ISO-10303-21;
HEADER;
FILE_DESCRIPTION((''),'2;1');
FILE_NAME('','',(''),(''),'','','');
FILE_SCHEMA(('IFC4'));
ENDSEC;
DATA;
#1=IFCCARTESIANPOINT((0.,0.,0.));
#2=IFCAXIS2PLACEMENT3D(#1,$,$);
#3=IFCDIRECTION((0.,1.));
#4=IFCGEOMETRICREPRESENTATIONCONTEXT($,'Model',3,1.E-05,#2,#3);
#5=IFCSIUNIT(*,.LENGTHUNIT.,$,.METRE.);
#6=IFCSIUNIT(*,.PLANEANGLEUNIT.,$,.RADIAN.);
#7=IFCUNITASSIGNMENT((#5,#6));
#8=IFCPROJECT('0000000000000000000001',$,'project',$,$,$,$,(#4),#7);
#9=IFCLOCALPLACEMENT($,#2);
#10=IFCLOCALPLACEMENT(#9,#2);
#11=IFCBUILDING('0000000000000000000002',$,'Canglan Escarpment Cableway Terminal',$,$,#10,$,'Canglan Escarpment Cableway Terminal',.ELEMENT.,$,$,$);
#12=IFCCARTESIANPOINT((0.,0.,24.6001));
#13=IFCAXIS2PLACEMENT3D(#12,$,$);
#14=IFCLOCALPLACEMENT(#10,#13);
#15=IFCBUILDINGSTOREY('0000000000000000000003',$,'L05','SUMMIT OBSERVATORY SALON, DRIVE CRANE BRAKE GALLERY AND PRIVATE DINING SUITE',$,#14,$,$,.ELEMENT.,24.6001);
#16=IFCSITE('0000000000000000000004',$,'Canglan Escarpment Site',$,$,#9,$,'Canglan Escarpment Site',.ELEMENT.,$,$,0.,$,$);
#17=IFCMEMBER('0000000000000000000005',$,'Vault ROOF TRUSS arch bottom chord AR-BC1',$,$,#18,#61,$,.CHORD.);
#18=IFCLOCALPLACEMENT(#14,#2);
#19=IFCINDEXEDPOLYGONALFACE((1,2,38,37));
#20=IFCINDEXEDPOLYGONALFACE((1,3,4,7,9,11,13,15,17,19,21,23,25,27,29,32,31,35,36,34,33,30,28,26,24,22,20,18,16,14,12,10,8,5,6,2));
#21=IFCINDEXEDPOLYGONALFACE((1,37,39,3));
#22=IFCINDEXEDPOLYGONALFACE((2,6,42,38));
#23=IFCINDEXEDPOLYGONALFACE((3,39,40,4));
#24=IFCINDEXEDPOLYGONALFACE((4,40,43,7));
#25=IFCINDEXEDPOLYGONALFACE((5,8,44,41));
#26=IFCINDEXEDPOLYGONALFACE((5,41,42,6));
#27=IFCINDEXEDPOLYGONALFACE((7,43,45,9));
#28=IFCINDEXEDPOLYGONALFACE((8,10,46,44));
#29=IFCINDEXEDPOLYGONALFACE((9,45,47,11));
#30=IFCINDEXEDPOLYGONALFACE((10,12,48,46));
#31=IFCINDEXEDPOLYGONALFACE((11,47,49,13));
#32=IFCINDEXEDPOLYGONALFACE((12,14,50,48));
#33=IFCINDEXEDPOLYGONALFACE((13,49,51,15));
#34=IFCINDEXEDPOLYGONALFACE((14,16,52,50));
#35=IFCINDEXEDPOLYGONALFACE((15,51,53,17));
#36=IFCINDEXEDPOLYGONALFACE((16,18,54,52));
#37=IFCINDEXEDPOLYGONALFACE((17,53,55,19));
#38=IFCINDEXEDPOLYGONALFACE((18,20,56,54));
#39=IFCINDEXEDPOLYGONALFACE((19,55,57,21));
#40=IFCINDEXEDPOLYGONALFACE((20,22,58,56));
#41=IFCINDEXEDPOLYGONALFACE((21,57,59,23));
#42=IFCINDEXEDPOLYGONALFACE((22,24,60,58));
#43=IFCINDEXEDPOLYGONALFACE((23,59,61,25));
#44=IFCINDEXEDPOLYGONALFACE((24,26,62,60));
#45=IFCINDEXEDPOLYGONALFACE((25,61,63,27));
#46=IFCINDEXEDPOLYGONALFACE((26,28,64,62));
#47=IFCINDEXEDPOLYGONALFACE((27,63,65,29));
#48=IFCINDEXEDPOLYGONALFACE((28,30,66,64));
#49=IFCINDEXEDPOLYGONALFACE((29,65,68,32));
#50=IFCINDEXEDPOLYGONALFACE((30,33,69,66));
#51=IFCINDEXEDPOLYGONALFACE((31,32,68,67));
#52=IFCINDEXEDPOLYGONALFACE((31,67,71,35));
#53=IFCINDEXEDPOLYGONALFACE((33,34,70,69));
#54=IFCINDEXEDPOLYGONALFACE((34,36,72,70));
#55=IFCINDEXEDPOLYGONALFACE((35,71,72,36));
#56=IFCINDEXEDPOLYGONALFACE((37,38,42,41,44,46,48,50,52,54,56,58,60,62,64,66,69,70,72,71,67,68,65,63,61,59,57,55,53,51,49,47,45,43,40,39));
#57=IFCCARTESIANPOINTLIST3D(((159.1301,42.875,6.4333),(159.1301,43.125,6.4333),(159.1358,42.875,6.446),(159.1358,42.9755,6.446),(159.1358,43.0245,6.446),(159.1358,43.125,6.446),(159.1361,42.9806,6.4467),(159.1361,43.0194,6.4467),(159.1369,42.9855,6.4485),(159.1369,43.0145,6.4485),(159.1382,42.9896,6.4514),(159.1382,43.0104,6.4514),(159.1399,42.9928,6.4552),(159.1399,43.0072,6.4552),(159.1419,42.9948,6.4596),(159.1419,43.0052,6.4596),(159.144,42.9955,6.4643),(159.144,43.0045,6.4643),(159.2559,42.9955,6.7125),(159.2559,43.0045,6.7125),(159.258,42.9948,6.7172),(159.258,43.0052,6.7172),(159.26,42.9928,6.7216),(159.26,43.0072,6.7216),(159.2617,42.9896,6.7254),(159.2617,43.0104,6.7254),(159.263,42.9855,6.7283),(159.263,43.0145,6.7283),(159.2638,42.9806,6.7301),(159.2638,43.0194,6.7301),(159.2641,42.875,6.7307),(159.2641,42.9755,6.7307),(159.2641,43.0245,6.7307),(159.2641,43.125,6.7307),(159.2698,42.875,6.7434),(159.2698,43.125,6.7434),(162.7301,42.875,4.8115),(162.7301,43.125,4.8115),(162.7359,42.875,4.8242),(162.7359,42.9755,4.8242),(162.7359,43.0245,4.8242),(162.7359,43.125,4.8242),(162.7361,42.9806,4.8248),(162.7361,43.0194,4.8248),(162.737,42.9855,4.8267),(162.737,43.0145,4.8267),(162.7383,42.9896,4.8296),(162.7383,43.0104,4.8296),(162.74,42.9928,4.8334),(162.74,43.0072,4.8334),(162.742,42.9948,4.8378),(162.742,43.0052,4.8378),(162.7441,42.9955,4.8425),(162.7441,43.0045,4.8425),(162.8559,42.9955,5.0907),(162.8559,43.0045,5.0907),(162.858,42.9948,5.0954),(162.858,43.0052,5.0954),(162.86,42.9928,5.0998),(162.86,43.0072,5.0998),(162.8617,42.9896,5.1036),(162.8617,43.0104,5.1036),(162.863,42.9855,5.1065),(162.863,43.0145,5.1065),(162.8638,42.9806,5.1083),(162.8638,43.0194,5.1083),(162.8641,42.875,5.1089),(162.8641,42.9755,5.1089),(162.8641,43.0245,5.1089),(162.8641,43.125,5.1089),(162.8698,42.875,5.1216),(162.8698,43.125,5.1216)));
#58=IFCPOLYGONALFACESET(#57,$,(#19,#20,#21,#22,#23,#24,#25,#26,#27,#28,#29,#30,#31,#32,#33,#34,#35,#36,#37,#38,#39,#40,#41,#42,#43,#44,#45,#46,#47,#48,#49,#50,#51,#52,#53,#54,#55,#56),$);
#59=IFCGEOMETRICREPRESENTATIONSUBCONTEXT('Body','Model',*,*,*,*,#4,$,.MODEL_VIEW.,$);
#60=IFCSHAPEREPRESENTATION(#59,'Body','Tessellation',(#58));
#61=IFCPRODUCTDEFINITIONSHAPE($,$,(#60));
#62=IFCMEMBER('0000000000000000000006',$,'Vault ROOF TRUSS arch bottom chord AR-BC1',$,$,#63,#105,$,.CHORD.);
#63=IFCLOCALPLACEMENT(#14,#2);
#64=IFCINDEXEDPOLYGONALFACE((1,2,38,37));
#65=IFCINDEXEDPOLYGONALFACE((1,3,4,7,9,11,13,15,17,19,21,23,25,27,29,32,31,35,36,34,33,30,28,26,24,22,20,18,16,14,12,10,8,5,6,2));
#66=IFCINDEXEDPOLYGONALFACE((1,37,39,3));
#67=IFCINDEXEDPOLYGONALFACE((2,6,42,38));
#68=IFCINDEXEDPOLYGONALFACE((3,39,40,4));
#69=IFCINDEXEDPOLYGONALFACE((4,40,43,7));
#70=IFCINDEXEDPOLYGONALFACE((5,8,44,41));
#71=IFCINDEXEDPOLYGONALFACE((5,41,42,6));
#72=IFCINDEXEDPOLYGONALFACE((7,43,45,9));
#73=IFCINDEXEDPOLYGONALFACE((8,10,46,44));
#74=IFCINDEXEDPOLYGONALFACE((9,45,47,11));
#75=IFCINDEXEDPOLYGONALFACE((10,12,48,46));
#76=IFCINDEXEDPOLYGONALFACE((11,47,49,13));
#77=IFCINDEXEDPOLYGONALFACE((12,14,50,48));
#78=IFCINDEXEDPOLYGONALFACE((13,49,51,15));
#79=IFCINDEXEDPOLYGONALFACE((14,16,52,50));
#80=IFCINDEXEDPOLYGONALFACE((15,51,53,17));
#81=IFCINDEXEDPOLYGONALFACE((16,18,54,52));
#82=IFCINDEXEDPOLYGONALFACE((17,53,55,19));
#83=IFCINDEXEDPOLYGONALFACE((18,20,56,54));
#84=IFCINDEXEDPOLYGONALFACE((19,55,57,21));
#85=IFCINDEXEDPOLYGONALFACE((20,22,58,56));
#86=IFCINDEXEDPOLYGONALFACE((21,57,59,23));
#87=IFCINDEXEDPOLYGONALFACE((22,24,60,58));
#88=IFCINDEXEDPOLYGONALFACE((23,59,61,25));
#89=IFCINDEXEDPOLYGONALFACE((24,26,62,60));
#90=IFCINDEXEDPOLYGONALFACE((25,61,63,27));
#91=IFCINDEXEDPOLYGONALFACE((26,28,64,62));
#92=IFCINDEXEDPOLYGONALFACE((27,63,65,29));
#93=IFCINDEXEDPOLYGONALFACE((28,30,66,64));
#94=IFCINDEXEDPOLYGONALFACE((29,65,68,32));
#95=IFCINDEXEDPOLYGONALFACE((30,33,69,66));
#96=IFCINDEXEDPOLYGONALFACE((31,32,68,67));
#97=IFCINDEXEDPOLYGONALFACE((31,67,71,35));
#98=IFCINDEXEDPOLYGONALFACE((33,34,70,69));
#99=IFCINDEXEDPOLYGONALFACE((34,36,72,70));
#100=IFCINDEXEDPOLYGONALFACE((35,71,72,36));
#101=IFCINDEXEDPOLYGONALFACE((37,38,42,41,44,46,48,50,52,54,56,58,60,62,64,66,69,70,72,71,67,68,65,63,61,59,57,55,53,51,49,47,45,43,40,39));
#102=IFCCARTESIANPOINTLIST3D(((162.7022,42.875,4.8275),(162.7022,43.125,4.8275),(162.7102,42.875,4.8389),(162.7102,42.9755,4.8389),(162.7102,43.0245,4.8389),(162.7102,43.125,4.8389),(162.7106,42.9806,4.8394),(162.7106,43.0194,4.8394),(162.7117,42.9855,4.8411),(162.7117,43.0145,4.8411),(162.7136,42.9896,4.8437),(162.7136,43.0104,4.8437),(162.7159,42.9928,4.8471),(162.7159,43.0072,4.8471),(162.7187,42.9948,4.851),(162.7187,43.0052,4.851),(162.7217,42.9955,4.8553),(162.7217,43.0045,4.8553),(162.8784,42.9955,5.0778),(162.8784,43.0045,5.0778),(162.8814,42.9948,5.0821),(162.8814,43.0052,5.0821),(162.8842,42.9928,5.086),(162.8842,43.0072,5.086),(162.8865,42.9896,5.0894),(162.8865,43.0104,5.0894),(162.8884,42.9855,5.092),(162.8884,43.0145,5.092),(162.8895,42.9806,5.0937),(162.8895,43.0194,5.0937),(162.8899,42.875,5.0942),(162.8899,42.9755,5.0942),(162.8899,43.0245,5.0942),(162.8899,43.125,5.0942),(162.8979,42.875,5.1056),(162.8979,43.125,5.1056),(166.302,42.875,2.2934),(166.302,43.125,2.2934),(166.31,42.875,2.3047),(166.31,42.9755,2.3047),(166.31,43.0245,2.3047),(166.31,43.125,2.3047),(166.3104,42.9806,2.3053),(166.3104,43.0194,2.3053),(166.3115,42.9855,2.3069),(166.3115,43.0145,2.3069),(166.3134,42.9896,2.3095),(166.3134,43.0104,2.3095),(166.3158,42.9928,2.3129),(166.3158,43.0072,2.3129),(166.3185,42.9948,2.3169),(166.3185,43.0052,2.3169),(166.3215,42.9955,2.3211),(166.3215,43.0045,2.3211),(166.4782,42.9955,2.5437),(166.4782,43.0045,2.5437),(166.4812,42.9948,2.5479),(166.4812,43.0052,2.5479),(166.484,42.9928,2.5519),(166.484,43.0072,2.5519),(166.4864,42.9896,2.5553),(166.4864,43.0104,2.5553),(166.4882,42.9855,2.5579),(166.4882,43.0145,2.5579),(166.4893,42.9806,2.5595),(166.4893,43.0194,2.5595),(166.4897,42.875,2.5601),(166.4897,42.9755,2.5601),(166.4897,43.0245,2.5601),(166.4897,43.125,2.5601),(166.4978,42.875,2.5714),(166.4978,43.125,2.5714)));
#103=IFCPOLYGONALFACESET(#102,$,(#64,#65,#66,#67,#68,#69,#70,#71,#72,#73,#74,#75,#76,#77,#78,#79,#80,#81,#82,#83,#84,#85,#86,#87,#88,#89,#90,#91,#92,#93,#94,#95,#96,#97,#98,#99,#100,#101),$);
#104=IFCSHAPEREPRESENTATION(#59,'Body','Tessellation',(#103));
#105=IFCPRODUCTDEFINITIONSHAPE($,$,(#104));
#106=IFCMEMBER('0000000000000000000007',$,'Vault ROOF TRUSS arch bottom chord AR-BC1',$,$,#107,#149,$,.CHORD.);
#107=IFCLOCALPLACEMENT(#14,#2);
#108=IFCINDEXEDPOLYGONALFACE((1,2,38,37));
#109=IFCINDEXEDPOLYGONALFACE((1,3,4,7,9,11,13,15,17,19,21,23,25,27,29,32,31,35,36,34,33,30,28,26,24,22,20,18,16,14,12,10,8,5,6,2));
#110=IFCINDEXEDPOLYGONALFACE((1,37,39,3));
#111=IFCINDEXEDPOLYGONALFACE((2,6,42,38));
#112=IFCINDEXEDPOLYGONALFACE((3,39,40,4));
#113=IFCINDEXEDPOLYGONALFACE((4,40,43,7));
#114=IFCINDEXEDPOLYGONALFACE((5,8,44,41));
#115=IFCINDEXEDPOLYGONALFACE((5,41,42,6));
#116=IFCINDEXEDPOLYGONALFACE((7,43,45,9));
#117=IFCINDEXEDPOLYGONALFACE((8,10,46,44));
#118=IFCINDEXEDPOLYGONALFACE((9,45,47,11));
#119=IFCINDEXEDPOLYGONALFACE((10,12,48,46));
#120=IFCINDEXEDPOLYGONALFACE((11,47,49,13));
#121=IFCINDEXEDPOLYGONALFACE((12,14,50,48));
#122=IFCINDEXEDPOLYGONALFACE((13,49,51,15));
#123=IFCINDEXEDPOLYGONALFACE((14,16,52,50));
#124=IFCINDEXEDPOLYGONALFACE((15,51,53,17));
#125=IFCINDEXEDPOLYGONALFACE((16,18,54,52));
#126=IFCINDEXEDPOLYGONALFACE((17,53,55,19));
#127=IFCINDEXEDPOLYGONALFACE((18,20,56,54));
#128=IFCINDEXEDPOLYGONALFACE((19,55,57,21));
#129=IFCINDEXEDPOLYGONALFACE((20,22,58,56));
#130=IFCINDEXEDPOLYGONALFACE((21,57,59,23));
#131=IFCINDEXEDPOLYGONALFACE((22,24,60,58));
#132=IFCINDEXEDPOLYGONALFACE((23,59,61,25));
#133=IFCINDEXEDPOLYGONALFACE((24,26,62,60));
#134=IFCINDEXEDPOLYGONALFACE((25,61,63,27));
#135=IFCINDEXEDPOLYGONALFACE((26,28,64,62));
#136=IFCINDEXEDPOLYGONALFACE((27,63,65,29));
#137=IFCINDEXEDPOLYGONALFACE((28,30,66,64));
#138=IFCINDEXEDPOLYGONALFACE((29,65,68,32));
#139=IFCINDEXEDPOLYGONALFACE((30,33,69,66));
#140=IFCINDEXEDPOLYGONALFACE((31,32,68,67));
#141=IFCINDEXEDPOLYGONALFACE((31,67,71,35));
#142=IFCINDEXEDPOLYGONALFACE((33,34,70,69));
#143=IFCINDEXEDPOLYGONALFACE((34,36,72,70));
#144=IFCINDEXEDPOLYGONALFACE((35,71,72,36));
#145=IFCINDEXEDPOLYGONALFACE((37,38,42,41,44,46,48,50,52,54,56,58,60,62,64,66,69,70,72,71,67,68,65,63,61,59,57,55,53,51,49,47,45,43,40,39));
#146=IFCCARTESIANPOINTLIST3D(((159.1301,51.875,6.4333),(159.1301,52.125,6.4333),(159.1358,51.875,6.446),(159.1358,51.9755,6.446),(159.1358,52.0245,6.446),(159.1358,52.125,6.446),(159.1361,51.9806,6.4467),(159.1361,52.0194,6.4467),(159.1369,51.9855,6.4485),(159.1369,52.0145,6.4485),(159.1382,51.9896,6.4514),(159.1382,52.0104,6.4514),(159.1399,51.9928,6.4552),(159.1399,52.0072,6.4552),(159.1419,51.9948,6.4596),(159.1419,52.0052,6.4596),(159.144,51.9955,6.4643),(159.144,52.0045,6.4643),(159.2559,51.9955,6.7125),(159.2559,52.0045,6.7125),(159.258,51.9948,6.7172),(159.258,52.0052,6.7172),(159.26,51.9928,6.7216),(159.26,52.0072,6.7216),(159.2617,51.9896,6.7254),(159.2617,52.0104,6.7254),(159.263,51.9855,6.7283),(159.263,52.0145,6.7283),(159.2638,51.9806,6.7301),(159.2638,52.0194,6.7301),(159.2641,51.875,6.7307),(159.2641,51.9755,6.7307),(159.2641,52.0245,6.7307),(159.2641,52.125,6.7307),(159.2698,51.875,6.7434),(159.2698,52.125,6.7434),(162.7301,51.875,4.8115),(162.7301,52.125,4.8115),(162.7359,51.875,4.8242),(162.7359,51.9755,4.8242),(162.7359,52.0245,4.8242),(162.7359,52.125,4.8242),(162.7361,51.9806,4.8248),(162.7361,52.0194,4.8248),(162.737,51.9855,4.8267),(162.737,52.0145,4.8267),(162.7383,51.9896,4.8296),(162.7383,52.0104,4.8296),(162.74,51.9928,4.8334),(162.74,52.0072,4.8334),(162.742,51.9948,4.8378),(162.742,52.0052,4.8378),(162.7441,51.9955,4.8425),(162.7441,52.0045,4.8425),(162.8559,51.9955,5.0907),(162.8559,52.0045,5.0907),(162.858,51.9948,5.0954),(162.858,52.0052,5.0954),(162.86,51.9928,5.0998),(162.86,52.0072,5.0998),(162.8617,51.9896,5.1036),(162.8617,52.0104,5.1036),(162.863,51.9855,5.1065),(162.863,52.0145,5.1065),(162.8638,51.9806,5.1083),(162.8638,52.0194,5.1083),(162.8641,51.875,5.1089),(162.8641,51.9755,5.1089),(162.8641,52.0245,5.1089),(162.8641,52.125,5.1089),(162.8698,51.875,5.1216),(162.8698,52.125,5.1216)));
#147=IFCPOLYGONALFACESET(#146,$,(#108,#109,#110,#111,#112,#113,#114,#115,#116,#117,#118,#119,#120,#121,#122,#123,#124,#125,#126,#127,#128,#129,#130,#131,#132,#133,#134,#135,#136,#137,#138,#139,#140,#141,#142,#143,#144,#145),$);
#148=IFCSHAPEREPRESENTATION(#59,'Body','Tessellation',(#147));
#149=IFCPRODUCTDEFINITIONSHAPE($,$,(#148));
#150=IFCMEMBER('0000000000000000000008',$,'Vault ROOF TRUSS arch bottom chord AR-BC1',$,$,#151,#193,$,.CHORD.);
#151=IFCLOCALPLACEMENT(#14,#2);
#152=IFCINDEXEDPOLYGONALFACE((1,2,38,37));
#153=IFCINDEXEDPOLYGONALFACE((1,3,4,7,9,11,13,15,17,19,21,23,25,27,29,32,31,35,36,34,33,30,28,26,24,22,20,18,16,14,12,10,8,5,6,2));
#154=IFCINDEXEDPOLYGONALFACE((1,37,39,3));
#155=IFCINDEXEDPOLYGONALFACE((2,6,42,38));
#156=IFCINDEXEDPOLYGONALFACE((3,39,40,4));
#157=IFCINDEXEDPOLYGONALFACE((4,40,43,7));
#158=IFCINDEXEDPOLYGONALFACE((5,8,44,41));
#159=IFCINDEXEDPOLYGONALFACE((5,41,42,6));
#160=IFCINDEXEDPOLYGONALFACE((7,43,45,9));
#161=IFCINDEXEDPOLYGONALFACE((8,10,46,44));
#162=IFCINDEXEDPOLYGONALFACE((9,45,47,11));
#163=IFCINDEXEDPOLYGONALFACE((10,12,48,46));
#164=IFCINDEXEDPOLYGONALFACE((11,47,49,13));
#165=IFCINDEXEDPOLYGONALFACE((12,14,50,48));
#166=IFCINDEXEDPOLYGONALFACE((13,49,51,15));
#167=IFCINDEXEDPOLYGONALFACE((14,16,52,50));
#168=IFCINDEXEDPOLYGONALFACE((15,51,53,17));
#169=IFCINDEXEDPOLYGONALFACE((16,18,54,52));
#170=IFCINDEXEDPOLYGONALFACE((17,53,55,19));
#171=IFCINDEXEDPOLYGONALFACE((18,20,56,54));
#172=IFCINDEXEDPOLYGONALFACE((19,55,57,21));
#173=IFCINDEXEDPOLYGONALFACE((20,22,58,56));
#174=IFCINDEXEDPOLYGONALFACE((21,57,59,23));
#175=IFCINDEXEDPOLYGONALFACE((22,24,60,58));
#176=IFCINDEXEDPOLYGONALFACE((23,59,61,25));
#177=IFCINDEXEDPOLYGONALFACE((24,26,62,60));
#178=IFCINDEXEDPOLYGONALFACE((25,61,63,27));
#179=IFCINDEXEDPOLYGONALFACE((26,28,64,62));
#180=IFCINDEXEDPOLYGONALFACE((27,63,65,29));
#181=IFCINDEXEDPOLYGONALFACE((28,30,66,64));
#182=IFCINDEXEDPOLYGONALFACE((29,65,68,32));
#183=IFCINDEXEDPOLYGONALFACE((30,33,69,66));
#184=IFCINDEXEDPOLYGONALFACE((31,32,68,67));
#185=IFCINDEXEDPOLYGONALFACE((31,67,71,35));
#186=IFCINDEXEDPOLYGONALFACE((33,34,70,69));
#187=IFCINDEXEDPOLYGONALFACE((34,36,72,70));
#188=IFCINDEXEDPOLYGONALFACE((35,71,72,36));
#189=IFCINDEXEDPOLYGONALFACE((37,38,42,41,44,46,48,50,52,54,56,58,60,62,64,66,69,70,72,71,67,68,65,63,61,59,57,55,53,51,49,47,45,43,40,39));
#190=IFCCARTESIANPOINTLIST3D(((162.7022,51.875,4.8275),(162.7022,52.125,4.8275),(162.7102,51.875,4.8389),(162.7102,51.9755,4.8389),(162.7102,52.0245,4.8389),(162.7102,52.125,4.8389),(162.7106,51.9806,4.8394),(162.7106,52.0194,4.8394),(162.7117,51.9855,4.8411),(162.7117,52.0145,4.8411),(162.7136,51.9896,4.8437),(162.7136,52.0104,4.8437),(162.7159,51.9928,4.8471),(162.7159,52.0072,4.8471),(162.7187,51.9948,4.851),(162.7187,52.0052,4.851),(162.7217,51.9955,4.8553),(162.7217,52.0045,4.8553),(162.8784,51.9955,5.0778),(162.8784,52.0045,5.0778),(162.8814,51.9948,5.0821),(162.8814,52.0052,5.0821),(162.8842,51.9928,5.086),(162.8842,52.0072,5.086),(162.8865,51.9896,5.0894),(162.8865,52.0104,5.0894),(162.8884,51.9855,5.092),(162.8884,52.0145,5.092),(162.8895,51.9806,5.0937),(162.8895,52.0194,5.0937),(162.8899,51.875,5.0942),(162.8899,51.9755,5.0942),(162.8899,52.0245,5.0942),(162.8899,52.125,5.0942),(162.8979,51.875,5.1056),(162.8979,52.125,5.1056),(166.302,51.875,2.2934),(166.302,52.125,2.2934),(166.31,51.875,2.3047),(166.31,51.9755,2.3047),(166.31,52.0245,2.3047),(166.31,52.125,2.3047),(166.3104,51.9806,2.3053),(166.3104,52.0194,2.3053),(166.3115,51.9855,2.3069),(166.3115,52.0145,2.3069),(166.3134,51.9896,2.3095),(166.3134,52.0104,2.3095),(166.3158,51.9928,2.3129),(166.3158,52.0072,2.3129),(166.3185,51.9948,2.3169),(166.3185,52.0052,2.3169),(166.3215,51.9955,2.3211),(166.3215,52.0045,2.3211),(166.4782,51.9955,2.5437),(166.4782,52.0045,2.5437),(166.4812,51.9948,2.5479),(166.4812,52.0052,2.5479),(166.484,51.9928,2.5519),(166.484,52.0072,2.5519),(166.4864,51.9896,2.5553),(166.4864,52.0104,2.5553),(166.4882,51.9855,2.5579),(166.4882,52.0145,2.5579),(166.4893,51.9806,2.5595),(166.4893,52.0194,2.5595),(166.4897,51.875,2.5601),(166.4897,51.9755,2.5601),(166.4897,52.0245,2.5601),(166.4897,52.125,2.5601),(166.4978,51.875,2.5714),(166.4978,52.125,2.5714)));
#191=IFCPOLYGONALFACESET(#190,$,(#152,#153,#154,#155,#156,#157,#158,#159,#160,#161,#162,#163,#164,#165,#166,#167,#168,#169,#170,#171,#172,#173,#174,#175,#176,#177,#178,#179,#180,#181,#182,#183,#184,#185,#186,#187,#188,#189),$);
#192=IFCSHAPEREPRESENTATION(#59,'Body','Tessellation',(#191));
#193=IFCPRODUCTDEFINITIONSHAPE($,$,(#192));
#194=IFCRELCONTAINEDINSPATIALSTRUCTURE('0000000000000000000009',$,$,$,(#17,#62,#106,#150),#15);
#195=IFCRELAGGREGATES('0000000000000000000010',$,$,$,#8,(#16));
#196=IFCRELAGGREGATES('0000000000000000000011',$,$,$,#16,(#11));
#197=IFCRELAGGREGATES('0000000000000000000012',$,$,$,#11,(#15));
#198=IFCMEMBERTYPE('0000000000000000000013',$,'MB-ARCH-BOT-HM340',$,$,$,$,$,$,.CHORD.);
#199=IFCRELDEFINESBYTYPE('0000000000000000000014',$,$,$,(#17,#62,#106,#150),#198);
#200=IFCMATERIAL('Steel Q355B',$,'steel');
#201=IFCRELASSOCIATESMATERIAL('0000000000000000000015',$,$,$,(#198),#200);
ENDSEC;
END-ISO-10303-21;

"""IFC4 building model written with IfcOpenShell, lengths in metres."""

from ifc_helpers import new_model, si_unit, direction, frame, origin, origin_2d, place, context, subcontext, project, spatial, i_section, extrude, material, material_profile, profile_set, type_object, element, save


model = new_model("IFC4")

# Units and contexts
model_context = context("Model", 3, precision=1e-05, world=origin(), true_north=direction((0.0, 1.0)))
body_context = subcontext(model_context, "Body", "Model", "MODEL_VIEW")
ifc_project = project(units=[si_unit("LENGTHUNIT", "METRE"), si_unit("PLANEANGLEUNIT", "RADIAN")], contexts=[model_context])

# Site, building, storey
site_placement = place(None, origin())
site = spatial("IfcSite", under=ifc_project, at=site_placement, Name="Canglan Escarpment Site", LongName="Canglan Escarpment Site", CompositionType="ELEMENT", RefElevation=0.0)
building_placement = place(site_placement, origin())
building = spatial("IfcBuilding", under=site, at=building_placement, Name="Canglan Escarpment Cableway Terminal", LongName="Canglan Escarpment Cableway Terminal", CompositionType="ELEMENT")
storey_placement = place(building_placement, frame((0.0, 0.0, 24.6001)))
storey = spatial("IfcBuildingStorey", under=building, at=storey_placement, Name="L05", Description="SUMMIT OBSERVATORY SALON, DRIVE CRANE BRAKE GALLERY AND PRIVATE DINING SUITE", CompositionType="ELEMENT", Elevation=24.6001)

# Shared definitions
ifc_material_1 = material(Name="Steel Q355B", Category="steel")

# Members
ifc_material_profile_1 = material_profile(ifc_material_1, i_section(OverallWidth=0.25, OverallDepth=0.3401, WebThickness=0.009, FlangeThickness=0.0139, FilletRadius=0.02, at=origin_2d()), Name="HM 340x250x9x14")
ifc_profile_set_1 = profile_set([ifc_material_profile_1], Name="Steel Q355B")
member_type_1 = type_object("IfcMemberType", Name="MB-ARCH-BOT-HM340", PredefinedType="CHORD", material=ifc_profile_set_1)
member_1_placement = place(storey_placement, frame((159.2, 43.0, 6.5884), z_axis=(0.911753, 0.0, -0.41074), x_axis=(0.0, 1.0, 0.0)))
element("IfcMember", 1, at=member_1_placement, inside=storey, type_object=member_type_1, Name="Vault ROOF TRUSS arch bottom chord AR-BC1", PredefinedType="CHORD", context=body_context, shape_type="SweptSolid", body=[
    extrude(i_section(OverallWidth=0.25, OverallDepth=0.3401, WebThickness=0.009, FlangeThickness=0.0139, FilletRadius=0.02, at=origin_2d()), origin(), (0.0, 0.0, 1.0), 3.9485),
])
member_2_placement = place(storey_placement, frame((162.8, 43.0, 4.9666), z_axis=(0.817705, 0.0, -0.575638), x_axis=(0.0, 1.0, 0.0)))
element("IfcMember", 2, at=member_2_placement, inside=storey, type_object=member_type_1, Name="Vault ROOF TRUSS arch bottom chord AR-BC1", PredefinedType="CHORD", context=body_context, shape_type="SweptSolid", body=[
    extrude(i_section(OverallWidth=0.25, OverallDepth=0.3401, WebThickness=0.009, FlangeThickness=0.0139, FilletRadius=0.02, at=origin_2d()), origin(), (0.0, 0.0, 1.0), 4.4023),
])
member_3_placement = place(storey_placement, frame((159.2, 52.0, 6.5884), z_axis=(0.911753, 0.0, -0.41074), x_axis=(0.0, 1.0, 0.0)))
element("IfcMember", 3, at=member_3_placement, inside=storey, type_object=member_type_1, Name="Vault ROOF TRUSS arch bottom chord AR-BC1", PredefinedType="CHORD", context=body_context, shape_type="SweptSolid", body=[
    extrude(i_section(OverallWidth=0.25, OverallDepth=0.3401, WebThickness=0.009, FlangeThickness=0.0139, FilletRadius=0.02, at=origin_2d()), origin(), (0.0, 0.0, 1.0), 3.9485),
])
member_4_placement = place(storey_placement, frame((162.8, 52.0, 4.9666), z_axis=(0.817705, 0.0, -0.575638), x_axis=(0.0, 1.0, 0.0)))
element("IfcMember", 4, at=member_4_placement, inside=storey, type_object=member_type_1, Name="Vault ROOF TRUSS arch bottom chord AR-BC1", PredefinedType="CHORD", context=body_context, shape_type="SweptSolid", body=[
    extrude(i_section(OverallWidth=0.25, OverallDepth=0.3401, WebThickness=0.009, FlangeThickness=0.0139, FilletRadius=0.02, at=origin_2d()), origin(), (0.0, 0.0, 1.0), 4.4023),
])

save(model, "model.ifc")
